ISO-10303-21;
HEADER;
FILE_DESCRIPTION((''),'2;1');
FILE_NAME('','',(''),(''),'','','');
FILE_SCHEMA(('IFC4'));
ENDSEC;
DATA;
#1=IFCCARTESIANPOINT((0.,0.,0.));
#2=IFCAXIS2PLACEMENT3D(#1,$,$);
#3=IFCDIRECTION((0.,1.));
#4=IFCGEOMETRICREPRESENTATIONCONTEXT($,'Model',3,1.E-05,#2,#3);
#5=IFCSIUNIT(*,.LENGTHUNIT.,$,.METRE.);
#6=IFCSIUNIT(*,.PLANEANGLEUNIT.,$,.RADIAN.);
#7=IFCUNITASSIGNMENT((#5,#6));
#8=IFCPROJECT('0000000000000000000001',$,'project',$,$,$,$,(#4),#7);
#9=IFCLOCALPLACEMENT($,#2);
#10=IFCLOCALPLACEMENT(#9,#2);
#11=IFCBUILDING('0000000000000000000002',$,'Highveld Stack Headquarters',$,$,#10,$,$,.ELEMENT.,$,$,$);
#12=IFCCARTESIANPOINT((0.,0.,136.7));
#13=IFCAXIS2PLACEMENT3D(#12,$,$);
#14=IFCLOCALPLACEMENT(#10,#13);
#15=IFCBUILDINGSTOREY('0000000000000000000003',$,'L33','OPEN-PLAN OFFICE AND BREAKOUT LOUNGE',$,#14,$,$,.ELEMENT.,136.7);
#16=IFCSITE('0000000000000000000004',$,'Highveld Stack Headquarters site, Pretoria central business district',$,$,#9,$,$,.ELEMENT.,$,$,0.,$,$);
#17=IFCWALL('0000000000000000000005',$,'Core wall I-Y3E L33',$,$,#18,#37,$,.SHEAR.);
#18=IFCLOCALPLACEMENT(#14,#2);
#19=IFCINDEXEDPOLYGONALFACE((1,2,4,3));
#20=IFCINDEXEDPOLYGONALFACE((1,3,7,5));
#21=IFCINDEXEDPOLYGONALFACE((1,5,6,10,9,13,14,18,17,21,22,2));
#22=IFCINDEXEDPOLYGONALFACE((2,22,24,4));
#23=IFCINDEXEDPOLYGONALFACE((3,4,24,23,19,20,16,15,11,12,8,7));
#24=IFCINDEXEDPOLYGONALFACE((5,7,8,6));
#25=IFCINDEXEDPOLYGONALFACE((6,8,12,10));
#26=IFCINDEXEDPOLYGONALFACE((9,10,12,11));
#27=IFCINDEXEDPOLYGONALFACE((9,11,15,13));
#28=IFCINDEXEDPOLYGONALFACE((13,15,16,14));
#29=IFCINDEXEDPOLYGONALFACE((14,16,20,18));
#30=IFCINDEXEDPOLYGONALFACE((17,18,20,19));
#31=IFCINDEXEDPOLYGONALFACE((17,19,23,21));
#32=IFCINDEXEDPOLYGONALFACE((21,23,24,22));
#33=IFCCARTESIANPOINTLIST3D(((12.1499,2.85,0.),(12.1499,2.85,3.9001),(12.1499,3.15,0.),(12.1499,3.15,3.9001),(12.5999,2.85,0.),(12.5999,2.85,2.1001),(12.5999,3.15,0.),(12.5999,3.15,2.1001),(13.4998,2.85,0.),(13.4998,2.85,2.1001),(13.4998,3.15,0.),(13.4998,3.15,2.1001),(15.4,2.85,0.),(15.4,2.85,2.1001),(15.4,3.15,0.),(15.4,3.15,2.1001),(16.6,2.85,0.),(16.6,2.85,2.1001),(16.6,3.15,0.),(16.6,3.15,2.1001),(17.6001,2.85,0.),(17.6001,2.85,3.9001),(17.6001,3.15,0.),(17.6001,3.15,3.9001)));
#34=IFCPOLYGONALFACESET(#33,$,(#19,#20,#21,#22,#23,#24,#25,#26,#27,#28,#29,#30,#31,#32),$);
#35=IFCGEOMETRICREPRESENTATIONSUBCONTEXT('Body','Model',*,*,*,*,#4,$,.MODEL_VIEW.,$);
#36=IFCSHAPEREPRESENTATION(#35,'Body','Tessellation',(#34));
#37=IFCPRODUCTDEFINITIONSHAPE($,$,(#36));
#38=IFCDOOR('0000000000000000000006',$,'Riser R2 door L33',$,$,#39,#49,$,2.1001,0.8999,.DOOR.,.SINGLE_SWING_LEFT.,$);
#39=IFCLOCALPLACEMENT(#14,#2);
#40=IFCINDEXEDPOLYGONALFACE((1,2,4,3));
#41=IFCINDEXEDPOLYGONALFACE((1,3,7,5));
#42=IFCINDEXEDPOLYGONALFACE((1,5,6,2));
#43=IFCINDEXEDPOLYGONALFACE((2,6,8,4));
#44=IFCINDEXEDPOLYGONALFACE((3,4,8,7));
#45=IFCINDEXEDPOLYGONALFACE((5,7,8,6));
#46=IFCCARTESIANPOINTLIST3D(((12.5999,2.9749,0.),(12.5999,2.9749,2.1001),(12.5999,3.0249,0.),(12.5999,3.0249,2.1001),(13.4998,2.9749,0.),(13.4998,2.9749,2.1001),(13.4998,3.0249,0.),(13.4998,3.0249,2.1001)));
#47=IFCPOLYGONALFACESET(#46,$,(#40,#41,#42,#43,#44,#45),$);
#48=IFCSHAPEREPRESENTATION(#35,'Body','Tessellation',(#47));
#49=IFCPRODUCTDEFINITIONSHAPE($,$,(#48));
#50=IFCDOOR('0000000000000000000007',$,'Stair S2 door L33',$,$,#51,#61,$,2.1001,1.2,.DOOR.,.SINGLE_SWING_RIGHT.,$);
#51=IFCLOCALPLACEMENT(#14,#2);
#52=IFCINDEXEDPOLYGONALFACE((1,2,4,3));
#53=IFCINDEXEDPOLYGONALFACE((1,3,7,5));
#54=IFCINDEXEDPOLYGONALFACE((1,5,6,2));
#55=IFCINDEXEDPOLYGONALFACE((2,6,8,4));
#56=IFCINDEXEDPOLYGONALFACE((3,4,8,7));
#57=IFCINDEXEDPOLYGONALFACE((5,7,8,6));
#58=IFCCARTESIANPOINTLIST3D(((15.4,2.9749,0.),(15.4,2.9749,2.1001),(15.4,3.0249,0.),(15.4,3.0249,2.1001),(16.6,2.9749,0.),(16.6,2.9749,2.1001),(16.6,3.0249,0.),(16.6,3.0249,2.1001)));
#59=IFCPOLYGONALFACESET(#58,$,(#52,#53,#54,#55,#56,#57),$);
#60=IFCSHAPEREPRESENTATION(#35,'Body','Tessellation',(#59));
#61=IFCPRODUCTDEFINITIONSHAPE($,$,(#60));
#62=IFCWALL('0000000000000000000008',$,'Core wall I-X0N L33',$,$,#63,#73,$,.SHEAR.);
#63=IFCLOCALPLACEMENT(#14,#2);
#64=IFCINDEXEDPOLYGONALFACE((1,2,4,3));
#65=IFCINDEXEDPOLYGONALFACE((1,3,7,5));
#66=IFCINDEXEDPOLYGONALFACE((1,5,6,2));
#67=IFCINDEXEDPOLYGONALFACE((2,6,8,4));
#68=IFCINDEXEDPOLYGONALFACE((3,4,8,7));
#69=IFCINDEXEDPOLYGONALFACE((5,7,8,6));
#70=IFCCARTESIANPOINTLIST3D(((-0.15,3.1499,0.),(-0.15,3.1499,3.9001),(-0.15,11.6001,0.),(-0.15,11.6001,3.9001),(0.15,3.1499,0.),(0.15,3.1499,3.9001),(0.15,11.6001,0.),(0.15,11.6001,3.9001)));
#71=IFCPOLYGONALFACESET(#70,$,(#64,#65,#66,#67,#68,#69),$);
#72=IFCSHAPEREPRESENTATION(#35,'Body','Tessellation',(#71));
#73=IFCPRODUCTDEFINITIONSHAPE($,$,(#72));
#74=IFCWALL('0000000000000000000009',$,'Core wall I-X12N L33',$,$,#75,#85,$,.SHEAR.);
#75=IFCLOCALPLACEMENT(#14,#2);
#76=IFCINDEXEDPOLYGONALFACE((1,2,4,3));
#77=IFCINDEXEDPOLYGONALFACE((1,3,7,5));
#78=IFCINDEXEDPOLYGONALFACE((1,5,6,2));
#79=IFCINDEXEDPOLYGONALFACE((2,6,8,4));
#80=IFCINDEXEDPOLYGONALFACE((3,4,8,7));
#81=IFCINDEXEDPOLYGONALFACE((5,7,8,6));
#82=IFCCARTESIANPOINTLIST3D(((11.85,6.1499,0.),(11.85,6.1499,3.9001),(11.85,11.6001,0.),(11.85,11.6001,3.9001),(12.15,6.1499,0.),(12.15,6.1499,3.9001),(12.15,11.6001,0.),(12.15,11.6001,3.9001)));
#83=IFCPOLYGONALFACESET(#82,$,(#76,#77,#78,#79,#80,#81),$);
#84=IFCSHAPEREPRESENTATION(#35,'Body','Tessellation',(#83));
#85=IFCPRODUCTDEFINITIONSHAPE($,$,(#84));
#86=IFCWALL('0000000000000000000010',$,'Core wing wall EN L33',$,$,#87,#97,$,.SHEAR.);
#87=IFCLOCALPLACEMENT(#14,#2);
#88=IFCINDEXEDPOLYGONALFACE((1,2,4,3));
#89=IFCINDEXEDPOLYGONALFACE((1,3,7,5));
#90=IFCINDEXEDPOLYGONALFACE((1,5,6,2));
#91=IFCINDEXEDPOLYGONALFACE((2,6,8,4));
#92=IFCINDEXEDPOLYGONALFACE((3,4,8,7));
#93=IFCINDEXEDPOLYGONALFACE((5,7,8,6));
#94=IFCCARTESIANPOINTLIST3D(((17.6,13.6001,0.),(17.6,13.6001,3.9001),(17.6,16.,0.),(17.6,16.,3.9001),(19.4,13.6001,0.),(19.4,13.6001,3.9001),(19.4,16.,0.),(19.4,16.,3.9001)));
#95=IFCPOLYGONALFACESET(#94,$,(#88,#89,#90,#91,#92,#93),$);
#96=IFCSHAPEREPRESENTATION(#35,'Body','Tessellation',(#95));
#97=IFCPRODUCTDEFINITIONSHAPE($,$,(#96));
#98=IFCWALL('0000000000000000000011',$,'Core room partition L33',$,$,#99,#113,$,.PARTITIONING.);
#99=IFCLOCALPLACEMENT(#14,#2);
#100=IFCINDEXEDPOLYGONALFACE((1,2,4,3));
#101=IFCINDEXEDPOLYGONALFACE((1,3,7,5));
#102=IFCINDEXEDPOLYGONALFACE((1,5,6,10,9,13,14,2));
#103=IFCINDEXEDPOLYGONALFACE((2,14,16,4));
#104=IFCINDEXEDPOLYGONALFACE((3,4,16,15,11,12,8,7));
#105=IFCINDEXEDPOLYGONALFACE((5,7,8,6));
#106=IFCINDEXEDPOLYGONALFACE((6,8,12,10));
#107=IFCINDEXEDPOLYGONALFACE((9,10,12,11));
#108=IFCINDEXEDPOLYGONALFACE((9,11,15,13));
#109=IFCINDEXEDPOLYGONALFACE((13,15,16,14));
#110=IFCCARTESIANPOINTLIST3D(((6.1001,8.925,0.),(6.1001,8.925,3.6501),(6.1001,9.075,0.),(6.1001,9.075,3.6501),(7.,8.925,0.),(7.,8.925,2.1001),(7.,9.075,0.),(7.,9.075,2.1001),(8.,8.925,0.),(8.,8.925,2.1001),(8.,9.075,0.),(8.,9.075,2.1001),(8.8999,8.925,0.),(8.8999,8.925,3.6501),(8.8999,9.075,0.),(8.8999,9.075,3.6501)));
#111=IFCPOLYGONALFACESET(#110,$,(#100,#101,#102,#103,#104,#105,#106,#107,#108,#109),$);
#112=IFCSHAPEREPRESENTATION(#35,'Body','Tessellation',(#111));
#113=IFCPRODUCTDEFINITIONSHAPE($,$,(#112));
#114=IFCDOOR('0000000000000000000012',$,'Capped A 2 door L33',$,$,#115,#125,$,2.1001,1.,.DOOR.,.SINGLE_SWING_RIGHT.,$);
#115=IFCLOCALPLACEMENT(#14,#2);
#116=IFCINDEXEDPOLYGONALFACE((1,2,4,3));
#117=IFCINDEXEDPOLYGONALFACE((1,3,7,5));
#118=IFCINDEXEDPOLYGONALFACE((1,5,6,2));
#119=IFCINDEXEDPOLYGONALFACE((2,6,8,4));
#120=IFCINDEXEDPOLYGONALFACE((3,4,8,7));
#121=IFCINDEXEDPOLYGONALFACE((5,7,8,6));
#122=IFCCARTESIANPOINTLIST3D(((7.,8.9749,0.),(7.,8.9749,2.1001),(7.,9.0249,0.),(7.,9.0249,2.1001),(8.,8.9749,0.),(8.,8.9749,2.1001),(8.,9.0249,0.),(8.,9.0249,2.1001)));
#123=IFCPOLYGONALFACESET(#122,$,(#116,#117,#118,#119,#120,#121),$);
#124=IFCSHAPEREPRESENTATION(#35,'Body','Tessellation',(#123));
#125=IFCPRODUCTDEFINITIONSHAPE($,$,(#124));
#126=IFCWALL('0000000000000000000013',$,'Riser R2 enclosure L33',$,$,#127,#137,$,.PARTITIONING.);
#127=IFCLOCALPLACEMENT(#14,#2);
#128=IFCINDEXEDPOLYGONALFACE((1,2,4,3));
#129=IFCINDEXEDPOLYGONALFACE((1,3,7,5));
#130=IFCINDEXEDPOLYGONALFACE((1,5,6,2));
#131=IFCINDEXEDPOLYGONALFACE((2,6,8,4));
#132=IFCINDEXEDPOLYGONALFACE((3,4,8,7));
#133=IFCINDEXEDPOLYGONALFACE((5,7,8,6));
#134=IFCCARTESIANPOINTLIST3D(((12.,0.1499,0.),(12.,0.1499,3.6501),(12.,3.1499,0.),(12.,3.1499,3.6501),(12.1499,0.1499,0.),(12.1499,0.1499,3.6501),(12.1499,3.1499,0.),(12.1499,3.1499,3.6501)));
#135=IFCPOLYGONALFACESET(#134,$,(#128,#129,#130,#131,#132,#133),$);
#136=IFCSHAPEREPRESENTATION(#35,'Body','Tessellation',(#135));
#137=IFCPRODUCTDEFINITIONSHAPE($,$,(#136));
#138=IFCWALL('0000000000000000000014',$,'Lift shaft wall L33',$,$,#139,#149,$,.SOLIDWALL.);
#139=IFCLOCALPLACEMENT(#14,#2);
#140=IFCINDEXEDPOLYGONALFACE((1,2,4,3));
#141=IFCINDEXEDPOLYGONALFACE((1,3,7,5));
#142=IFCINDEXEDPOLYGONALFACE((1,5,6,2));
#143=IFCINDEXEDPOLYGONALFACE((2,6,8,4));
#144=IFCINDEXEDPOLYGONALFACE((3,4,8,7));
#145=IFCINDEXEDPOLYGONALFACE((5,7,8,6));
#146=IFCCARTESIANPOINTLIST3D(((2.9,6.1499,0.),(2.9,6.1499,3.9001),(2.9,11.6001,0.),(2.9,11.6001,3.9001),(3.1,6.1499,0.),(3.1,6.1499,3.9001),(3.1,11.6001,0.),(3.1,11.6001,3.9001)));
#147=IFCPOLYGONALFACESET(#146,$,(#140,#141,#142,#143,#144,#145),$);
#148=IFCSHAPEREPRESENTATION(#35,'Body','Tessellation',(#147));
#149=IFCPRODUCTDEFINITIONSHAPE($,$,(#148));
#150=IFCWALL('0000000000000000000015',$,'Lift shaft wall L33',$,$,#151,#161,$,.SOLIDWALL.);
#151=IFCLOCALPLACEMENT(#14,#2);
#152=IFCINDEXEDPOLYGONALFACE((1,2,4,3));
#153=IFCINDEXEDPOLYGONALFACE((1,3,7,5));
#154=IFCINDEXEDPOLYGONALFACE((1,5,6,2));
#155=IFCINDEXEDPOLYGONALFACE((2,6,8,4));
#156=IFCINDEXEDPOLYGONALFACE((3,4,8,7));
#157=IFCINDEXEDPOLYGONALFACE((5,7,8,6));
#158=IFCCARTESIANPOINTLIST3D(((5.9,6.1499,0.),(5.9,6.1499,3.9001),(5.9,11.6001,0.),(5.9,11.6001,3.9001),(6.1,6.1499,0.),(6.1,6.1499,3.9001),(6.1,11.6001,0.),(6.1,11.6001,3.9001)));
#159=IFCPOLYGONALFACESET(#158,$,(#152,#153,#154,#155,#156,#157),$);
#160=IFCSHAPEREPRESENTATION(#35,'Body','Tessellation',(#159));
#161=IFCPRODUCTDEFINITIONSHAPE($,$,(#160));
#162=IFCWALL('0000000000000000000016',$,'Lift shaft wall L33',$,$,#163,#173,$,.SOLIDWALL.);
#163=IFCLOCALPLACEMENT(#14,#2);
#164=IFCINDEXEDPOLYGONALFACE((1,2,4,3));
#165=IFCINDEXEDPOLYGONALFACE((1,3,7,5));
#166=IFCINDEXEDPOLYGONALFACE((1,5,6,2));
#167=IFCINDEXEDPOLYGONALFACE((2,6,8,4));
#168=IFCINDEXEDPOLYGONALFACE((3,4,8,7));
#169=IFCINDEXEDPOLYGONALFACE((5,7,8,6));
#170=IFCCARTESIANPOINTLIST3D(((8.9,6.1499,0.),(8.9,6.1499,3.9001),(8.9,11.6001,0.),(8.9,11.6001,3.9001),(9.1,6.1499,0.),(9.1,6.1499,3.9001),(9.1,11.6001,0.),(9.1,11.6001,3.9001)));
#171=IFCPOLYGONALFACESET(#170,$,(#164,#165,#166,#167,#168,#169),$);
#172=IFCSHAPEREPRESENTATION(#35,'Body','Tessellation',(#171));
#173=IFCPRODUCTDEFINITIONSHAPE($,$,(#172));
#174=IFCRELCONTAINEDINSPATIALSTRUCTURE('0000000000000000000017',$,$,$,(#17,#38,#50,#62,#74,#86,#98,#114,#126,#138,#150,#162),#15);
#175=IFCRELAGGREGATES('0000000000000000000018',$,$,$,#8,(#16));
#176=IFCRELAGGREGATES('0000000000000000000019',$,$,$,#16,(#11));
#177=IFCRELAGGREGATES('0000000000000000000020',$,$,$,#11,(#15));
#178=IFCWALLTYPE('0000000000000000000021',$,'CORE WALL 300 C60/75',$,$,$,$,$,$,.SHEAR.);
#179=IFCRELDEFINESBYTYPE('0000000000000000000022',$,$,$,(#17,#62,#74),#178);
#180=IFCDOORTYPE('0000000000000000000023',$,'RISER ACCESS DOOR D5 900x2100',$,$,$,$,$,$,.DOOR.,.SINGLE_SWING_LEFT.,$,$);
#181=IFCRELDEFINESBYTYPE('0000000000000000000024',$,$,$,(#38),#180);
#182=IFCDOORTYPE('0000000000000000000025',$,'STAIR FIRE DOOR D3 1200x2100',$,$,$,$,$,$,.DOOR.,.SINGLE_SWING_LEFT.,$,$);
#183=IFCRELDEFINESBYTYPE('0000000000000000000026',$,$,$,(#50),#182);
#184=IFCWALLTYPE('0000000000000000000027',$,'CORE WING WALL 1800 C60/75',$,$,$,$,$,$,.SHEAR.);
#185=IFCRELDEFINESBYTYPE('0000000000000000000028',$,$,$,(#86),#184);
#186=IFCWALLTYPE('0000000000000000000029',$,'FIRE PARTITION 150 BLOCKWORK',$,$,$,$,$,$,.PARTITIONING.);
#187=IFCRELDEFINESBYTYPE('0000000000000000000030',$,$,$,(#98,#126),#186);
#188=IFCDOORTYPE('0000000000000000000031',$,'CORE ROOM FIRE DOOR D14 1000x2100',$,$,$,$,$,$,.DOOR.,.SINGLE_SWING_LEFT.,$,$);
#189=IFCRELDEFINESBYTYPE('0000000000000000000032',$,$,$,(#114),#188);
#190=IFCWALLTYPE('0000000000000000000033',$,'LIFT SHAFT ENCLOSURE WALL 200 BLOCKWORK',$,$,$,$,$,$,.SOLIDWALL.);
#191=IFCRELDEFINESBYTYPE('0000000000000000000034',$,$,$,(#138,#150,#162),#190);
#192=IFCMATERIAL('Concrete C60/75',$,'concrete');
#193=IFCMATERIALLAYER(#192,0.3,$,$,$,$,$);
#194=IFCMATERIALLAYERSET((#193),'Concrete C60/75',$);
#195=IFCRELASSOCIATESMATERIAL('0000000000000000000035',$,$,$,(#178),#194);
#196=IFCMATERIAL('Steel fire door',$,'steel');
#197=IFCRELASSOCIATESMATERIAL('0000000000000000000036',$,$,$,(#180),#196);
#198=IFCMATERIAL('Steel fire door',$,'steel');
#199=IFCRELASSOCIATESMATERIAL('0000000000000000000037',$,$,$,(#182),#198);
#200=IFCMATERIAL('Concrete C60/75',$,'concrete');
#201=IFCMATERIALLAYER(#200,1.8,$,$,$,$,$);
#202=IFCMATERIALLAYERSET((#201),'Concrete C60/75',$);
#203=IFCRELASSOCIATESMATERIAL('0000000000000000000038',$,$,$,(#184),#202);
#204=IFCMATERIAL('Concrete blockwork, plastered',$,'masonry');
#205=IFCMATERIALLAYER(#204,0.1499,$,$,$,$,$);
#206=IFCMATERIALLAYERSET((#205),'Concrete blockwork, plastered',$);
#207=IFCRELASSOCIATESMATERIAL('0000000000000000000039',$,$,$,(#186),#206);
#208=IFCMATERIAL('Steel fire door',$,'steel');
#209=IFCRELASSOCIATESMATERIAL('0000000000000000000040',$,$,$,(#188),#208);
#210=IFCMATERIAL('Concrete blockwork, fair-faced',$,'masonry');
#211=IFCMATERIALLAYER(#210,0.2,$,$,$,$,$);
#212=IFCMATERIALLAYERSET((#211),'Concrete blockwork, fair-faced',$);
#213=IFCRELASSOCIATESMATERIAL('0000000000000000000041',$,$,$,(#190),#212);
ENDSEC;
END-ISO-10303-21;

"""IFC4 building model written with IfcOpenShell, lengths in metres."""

from ifc_helpers import new_model, si_unit, direction, frame, frame_2d, origin, place, context, subcontext, project, spatial, rectangle, extrude, material, layer, layer_set, type_object, element, fill, save


model = new_model("IFC4")

# Units and contexts
model_context = context("Model", 3, precision=1e-05, world=origin(), true_north=direction((0.0, 1.0)))
body_context = subcontext(model_context, "Body", "Model", "MODEL_VIEW")
ifc_project = project(units=[si_unit("LENGTHUNIT", "METRE"), si_unit("PLANEANGLEUNIT", "RADIAN")], contexts=[model_context])

# Site, building, storey
site_placement = place(None, origin())
site = spatial("IfcSite", under=ifc_project, at=site_placement, Name="Highveld Stack Headquarters site, Pretoria central business district", CompositionType="ELEMENT", RefElevation=0.0)
building_placement = place(site_placement, origin())
building = spatial("IfcBuilding", under=site, at=building_placement, Name="Highveld Stack Headquarters", CompositionType="ELEMENT")
storey_placement = place(building_placement, frame((0.0, 0.0, 136.7)))
storey = spatial("IfcBuildingStorey", under=building, at=storey_placement, Name="L33", Description="OPEN-PLAN OFFICE AND BREAKOUT LOUNGE", CompositionType="ELEMENT", Elevation=136.7)

# Wall, openings, doors
ifc_material_1 = material(Name="Concrete C60/75", Category="concrete")
ifc_layer_1 = layer(ifc_material_1, 0.3)
ifc_layer_set_1 = layer_set([ifc_layer_1], Name="Concrete C60/75")
wall_type_1 = type_object("IfcWallType", Name="CORE WALL 300 C60/75", PredefinedType="SHEAR", material=ifc_layer_set_1)
wall_1_placement = place(storey_placement, frame((12.1499, 3.0, 0.0), z_axis=(0.0, 0.0, 1.0), x_axis=(1.0, 0.0, 0.0)))
wall_1 = element("IfcWall", 1, at=wall_1_placement, inside=storey, type_object=wall_type_1, Name="Core wall I-Y3E L33", PredefinedType="SHEAR", context=body_context, shape_type="SweptSolid", body=[
    extrude(rectangle(XDim=5.4502, YDim=0.3, at=frame_2d((2.7251, 0.0))), origin(), (0.0, 0.0, 1.0), 3.9001),
])
opening_1_placement = place(wall_1_placement, frame((3.25, 0.0, 0.0)))
opening_1 = element("IfcOpeningElement", 2, at=opening_1_placement, cuts=wall_1, PredefinedType="OPENING", context=body_context, shape_type="SweptSolid", body=[
    extrude(rectangle(XDim=1.2, YDim=2.1001, at=frame_2d((0.6001, 1.05))), frame((0.0, 0.1599, 0.0), z_axis=(0.0, -1.0, 0.0), x_axis=(1.0, 0.0, 0.0)), (0.0, 0.0, 1.0), 0.3201),
])
opening_2_placement = place(wall_1_placement, frame((0.45, 0.0, 0.0)))
opening_2 = element("IfcOpeningElement", 3, at=opening_2_placement, cuts=wall_1, PredefinedType="OPENING", context=body_context, shape_type="SweptSolid", body=[
    extrude(rectangle(XDim=0.8999, YDim=2.1001, at=frame_2d((0.45, 1.05))), frame((0.0, 0.1599, 0.0), z_axis=(0.0, -1.0, 0.0), x_axis=(1.0, 0.0, 0.0)), (0.0, 0.0, 1.0), 0.3201),
])
ifc_material_2 = material(Name="Steel fire door", Category="steel")
door_type_1 = type_object("IfcDoorType", Name="RISER ACCESS DOOR D5 900x2100", OperationType="SINGLE_SWING_LEFT", PredefinedType="DOOR", material=ifc_material_2)
door_1_placement = place(opening_2_placement, origin())
door_1 = element("IfcDoor", 4, at=door_1_placement, inside=storey, type_object=door_type_1, Name="Riser R2 door L33", OperationType="SINGLE_SWING_LEFT", OverallHeight=2.1001, OverallWidth=0.8999, PredefinedType="DOOR", context=body_context, shape_type="SweptSolid", body=[
    extrude(rectangle(XDim=0.8999, YDim=2.1001, at=frame_2d((0.45, 1.05))), frame((0.0, 0.0249, 0.0), z_axis=(0.0, -1.0, 0.0), x_axis=(1.0, 0.0, 0.0)), (0.0, 0.0, 1.0), 0.05),
])
fill(opening_2, door_1)
ifc_material_3 = material(Name="Steel fire door", Category="steel")
door_type_2 = type_object("IfcDoorType", Name="STAIR FIRE DOOR D3 1200x2100", OperationType="SINGLE_SWING_LEFT", PredefinedType="DOOR", material=ifc_material_3)
door_2_placement = place(opening_1_placement, origin())
door_2 = element("IfcDoor", 5, at=door_2_placement, inside=storey, type_object=door_type_2, Name="Stair S2 door L33", OperationType="SINGLE_SWING_RIGHT", OverallHeight=2.1001, OverallWidth=1.2, PredefinedType="DOOR", context=body_context, shape_type="SweptSolid", body=[
    extrude(rectangle(XDim=1.2, YDim=2.1001, at=frame_2d((0.6001, 1.05))), frame((0.0, 0.0249, 0.0), z_axis=(0.0, -1.0, 0.0), x_axis=(1.0, 0.0, 0.0)), (0.0, 0.0, 1.0), 0.05),
])
fill(opening_1, door_2)

# Walls
wall_2_placement = place(storey_placement, frame((0.0, 3.1499, 0.0), z_axis=(0.0, 0.0, 1.0), x_axis=(0.0, 1.0, 0.0)))
element("IfcWall", 6, at=wall_2_placement, inside=storey, type_object=wall_type_1, Name="Core wall I-X0N L33", PredefinedType="SHEAR", context=body_context, shape_type="SweptSolid", body=[
    extrude(rectangle(XDim=8.4502, YDim=0.3, at=frame_2d((4.2251, 0.0))), origin(), (0.0, 0.0, 1.0), 3.9001),
])
wall_3_placement = place(storey_placement, frame((12.0, 6.1499, 0.0), z_axis=(0.0, 0.0, 1.0), x_axis=(0.0, 1.0, 0.0)))
element("IfcWall", 7, at=wall_3_placement, inside=storey, type_object=wall_type_1, Name="Core wall I-X12N L33", PredefinedType="SHEAR", context=body_context, shape_type="SweptSolid", body=[
    extrude(rectangle(XDim=5.4502, YDim=0.3, at=frame_2d((2.7251, 0.0))), origin(), (0.0, 0.0, 1.0), 3.9001),
])
ifc_material_4 = material(Name="Concrete C60/75", Category="concrete")
ifc_layer_2 = layer(ifc_material_4, 1.8)
ifc_layer_set_2 = layer_set([ifc_layer_2], Name="Concrete C60/75")
wall_type_2 = type_object("IfcWallType", Name="CORE WING WALL 1800 C60/75", PredefinedType="SHEAR", material=ifc_layer_set_2)
wall_4_placement = place(storey_placement, frame((18.5, 13.6001, 0.0), z_axis=(0.0, 0.0, 1.0), x_axis=(0.0, 1.0, 0.0)))
element("IfcWall", 8, at=wall_4_placement, inside=storey, type_object=wall_type_2, Name="Core wing wall EN L33", PredefinedType="SHEAR", context=body_context, shape_type="SweptSolid", body=[
    extrude(rectangle(XDim=2.3999, YDim=1.8, at=frame_2d((1.2, 0.0))), origin(), (0.0, 0.0, 1.0), 3.9001),
])

# Wall, opening, door
ifc_material_5 = material(Name="Concrete blockwork, plastered", Category="masonry")
ifc_layer_3 = layer(ifc_material_5, 0.1499)
ifc_layer_set_3 = layer_set([ifc_layer_3], Name="Concrete blockwork, plastered")
wall_type_3 = type_object("IfcWallType", Name="FIRE PARTITION 150 BLOCKWORK", PredefinedType="PARTITIONING", material=ifc_layer_set_3)
wall_5_placement = place(storey_placement, frame((6.1001, 9.0, 0.0), z_axis=(0.0, 0.0, 1.0), x_axis=(1.0, 0.0, 0.0)))
wall_5 = element("IfcWall", 9, at=wall_5_placement, inside=storey, type_object=wall_type_3, Name="Core room partition L33", PredefinedType="PARTITIONING", context=body_context, shape_type="SweptSolid", body=[
    extrude(rectangle(XDim=2.7998, YDim=0.1499, at=frame_2d((1.3999, 0.0))), origin(), (0.0, 0.0, 1.0), 3.6501),
])
opening_3_placement = place(wall_5_placement, frame((0.8999, 0.0, 0.0)))
opening_3 = element("IfcOpeningElement", 10, at=opening_3_placement, cuts=wall_5, PredefinedType="OPENING", context=body_context, shape_type="SweptSolid", body=[
    extrude(rectangle(XDim=1.0, YDim=2.1001, at=frame_2d((0.5, 1.05))), frame((0.0, 0.085, 0.0), z_axis=(0.0, -1.0, 0.0), x_axis=(1.0, 0.0, 0.0)), (0.0, 0.0, 1.0), 0.1699),
])
ifc_material_6 = material(Name="Steel fire door", Category="steel")
door_type_3 = type_object("IfcDoorType", Name="CORE ROOM FIRE DOOR D14 1000x2100", OperationType="SINGLE_SWING_LEFT", PredefinedType="DOOR", material=ifc_material_6)
door_3_placement = place(opening_3_placement, origin())
door_3 = element("IfcDoor", 11, at=door_3_placement, inside=storey, type_object=door_type_3, Name="Capped A 2 door L33", OperationType="SINGLE_SWING_RIGHT", OverallHeight=2.1001, OverallWidth=1.0, PredefinedType="DOOR", context=body_context, shape_type="SweptSolid", body=[
    extrude(rectangle(XDim=1.0, YDim=2.1001, at=frame_2d((0.5, 1.05))), frame((0.0, 0.0249, 0.0), z_axis=(0.0, -1.0, 0.0), x_axis=(1.0, 0.0, 0.0)), (0.0, 0.0, 1.0), 0.05),
])
fill(opening_3, door_3)

# Walls
wall_6_placement = place(storey_placement, frame((12.075, 0.1499, 0.0), z_axis=(0.0, 0.0, 1.0), x_axis=(0.0, 1.0, 0.0)))
element("IfcWall", 12, at=wall_6_placement, inside=storey, type_object=wall_type_3, Name="Riser R2 enclosure L33", PredefinedType="PARTITIONING", context=body_context, shape_type="SweptSolid", body=[
    extrude(rectangle(XDim=3.0, YDim=0.1499, at=frame_2d((1.5, 0.0))), origin(), (0.0, 0.0, 1.0), 3.6501),
])
ifc_material_7 = material(Name="Concrete blockwork, fair-faced", Category="masonry")
ifc_layer_4 = layer(ifc_material_7, 0.2)
ifc_layer_set_4 = layer_set([ifc_layer_4], Name="Concrete blockwork, fair-faced")
wall_type_4 = type_object("IfcWallType", Name="LIFT SHAFT ENCLOSURE WALL 200 BLOCKWORK", PredefinedType="SOLIDWALL", material=ifc_layer_set_4)
for number, where, z_axis, x_axis, name in (
    (13, (3.0, 6.1499, 0.0), (0.0, 0.0, 1.0), (0.0, 1.0, 0.0), "Lift shaft wall L33"),
    (14, (6.0, 6.1499, 0.0), (0.0, 0.0, 1.0), (0.0, 1.0, 0.0), "Lift shaft wall L33"),
    (15, (9.0, 6.1499, 0.0), (0.0, 0.0, 1.0), (0.0, 1.0, 0.0), "Lift shaft wall L33"),
):
    element("IfcWall", number, at=place(storey_placement, frame(where, z_axis=z_axis, x_axis=x_axis)), inside=storey, type_object=wall_type_4, Name=name, PredefinedType="SOLIDWALL", context=body_context, shape_type="SweptSolid", body=[
        extrude(rectangle(XDim=5.4502, YDim=0.2, at=frame_2d((2.7251, 0.0))), origin(), (0.0, 0.0, 1.0), 3.9001),
    ])

save(model, "model.ifc")
